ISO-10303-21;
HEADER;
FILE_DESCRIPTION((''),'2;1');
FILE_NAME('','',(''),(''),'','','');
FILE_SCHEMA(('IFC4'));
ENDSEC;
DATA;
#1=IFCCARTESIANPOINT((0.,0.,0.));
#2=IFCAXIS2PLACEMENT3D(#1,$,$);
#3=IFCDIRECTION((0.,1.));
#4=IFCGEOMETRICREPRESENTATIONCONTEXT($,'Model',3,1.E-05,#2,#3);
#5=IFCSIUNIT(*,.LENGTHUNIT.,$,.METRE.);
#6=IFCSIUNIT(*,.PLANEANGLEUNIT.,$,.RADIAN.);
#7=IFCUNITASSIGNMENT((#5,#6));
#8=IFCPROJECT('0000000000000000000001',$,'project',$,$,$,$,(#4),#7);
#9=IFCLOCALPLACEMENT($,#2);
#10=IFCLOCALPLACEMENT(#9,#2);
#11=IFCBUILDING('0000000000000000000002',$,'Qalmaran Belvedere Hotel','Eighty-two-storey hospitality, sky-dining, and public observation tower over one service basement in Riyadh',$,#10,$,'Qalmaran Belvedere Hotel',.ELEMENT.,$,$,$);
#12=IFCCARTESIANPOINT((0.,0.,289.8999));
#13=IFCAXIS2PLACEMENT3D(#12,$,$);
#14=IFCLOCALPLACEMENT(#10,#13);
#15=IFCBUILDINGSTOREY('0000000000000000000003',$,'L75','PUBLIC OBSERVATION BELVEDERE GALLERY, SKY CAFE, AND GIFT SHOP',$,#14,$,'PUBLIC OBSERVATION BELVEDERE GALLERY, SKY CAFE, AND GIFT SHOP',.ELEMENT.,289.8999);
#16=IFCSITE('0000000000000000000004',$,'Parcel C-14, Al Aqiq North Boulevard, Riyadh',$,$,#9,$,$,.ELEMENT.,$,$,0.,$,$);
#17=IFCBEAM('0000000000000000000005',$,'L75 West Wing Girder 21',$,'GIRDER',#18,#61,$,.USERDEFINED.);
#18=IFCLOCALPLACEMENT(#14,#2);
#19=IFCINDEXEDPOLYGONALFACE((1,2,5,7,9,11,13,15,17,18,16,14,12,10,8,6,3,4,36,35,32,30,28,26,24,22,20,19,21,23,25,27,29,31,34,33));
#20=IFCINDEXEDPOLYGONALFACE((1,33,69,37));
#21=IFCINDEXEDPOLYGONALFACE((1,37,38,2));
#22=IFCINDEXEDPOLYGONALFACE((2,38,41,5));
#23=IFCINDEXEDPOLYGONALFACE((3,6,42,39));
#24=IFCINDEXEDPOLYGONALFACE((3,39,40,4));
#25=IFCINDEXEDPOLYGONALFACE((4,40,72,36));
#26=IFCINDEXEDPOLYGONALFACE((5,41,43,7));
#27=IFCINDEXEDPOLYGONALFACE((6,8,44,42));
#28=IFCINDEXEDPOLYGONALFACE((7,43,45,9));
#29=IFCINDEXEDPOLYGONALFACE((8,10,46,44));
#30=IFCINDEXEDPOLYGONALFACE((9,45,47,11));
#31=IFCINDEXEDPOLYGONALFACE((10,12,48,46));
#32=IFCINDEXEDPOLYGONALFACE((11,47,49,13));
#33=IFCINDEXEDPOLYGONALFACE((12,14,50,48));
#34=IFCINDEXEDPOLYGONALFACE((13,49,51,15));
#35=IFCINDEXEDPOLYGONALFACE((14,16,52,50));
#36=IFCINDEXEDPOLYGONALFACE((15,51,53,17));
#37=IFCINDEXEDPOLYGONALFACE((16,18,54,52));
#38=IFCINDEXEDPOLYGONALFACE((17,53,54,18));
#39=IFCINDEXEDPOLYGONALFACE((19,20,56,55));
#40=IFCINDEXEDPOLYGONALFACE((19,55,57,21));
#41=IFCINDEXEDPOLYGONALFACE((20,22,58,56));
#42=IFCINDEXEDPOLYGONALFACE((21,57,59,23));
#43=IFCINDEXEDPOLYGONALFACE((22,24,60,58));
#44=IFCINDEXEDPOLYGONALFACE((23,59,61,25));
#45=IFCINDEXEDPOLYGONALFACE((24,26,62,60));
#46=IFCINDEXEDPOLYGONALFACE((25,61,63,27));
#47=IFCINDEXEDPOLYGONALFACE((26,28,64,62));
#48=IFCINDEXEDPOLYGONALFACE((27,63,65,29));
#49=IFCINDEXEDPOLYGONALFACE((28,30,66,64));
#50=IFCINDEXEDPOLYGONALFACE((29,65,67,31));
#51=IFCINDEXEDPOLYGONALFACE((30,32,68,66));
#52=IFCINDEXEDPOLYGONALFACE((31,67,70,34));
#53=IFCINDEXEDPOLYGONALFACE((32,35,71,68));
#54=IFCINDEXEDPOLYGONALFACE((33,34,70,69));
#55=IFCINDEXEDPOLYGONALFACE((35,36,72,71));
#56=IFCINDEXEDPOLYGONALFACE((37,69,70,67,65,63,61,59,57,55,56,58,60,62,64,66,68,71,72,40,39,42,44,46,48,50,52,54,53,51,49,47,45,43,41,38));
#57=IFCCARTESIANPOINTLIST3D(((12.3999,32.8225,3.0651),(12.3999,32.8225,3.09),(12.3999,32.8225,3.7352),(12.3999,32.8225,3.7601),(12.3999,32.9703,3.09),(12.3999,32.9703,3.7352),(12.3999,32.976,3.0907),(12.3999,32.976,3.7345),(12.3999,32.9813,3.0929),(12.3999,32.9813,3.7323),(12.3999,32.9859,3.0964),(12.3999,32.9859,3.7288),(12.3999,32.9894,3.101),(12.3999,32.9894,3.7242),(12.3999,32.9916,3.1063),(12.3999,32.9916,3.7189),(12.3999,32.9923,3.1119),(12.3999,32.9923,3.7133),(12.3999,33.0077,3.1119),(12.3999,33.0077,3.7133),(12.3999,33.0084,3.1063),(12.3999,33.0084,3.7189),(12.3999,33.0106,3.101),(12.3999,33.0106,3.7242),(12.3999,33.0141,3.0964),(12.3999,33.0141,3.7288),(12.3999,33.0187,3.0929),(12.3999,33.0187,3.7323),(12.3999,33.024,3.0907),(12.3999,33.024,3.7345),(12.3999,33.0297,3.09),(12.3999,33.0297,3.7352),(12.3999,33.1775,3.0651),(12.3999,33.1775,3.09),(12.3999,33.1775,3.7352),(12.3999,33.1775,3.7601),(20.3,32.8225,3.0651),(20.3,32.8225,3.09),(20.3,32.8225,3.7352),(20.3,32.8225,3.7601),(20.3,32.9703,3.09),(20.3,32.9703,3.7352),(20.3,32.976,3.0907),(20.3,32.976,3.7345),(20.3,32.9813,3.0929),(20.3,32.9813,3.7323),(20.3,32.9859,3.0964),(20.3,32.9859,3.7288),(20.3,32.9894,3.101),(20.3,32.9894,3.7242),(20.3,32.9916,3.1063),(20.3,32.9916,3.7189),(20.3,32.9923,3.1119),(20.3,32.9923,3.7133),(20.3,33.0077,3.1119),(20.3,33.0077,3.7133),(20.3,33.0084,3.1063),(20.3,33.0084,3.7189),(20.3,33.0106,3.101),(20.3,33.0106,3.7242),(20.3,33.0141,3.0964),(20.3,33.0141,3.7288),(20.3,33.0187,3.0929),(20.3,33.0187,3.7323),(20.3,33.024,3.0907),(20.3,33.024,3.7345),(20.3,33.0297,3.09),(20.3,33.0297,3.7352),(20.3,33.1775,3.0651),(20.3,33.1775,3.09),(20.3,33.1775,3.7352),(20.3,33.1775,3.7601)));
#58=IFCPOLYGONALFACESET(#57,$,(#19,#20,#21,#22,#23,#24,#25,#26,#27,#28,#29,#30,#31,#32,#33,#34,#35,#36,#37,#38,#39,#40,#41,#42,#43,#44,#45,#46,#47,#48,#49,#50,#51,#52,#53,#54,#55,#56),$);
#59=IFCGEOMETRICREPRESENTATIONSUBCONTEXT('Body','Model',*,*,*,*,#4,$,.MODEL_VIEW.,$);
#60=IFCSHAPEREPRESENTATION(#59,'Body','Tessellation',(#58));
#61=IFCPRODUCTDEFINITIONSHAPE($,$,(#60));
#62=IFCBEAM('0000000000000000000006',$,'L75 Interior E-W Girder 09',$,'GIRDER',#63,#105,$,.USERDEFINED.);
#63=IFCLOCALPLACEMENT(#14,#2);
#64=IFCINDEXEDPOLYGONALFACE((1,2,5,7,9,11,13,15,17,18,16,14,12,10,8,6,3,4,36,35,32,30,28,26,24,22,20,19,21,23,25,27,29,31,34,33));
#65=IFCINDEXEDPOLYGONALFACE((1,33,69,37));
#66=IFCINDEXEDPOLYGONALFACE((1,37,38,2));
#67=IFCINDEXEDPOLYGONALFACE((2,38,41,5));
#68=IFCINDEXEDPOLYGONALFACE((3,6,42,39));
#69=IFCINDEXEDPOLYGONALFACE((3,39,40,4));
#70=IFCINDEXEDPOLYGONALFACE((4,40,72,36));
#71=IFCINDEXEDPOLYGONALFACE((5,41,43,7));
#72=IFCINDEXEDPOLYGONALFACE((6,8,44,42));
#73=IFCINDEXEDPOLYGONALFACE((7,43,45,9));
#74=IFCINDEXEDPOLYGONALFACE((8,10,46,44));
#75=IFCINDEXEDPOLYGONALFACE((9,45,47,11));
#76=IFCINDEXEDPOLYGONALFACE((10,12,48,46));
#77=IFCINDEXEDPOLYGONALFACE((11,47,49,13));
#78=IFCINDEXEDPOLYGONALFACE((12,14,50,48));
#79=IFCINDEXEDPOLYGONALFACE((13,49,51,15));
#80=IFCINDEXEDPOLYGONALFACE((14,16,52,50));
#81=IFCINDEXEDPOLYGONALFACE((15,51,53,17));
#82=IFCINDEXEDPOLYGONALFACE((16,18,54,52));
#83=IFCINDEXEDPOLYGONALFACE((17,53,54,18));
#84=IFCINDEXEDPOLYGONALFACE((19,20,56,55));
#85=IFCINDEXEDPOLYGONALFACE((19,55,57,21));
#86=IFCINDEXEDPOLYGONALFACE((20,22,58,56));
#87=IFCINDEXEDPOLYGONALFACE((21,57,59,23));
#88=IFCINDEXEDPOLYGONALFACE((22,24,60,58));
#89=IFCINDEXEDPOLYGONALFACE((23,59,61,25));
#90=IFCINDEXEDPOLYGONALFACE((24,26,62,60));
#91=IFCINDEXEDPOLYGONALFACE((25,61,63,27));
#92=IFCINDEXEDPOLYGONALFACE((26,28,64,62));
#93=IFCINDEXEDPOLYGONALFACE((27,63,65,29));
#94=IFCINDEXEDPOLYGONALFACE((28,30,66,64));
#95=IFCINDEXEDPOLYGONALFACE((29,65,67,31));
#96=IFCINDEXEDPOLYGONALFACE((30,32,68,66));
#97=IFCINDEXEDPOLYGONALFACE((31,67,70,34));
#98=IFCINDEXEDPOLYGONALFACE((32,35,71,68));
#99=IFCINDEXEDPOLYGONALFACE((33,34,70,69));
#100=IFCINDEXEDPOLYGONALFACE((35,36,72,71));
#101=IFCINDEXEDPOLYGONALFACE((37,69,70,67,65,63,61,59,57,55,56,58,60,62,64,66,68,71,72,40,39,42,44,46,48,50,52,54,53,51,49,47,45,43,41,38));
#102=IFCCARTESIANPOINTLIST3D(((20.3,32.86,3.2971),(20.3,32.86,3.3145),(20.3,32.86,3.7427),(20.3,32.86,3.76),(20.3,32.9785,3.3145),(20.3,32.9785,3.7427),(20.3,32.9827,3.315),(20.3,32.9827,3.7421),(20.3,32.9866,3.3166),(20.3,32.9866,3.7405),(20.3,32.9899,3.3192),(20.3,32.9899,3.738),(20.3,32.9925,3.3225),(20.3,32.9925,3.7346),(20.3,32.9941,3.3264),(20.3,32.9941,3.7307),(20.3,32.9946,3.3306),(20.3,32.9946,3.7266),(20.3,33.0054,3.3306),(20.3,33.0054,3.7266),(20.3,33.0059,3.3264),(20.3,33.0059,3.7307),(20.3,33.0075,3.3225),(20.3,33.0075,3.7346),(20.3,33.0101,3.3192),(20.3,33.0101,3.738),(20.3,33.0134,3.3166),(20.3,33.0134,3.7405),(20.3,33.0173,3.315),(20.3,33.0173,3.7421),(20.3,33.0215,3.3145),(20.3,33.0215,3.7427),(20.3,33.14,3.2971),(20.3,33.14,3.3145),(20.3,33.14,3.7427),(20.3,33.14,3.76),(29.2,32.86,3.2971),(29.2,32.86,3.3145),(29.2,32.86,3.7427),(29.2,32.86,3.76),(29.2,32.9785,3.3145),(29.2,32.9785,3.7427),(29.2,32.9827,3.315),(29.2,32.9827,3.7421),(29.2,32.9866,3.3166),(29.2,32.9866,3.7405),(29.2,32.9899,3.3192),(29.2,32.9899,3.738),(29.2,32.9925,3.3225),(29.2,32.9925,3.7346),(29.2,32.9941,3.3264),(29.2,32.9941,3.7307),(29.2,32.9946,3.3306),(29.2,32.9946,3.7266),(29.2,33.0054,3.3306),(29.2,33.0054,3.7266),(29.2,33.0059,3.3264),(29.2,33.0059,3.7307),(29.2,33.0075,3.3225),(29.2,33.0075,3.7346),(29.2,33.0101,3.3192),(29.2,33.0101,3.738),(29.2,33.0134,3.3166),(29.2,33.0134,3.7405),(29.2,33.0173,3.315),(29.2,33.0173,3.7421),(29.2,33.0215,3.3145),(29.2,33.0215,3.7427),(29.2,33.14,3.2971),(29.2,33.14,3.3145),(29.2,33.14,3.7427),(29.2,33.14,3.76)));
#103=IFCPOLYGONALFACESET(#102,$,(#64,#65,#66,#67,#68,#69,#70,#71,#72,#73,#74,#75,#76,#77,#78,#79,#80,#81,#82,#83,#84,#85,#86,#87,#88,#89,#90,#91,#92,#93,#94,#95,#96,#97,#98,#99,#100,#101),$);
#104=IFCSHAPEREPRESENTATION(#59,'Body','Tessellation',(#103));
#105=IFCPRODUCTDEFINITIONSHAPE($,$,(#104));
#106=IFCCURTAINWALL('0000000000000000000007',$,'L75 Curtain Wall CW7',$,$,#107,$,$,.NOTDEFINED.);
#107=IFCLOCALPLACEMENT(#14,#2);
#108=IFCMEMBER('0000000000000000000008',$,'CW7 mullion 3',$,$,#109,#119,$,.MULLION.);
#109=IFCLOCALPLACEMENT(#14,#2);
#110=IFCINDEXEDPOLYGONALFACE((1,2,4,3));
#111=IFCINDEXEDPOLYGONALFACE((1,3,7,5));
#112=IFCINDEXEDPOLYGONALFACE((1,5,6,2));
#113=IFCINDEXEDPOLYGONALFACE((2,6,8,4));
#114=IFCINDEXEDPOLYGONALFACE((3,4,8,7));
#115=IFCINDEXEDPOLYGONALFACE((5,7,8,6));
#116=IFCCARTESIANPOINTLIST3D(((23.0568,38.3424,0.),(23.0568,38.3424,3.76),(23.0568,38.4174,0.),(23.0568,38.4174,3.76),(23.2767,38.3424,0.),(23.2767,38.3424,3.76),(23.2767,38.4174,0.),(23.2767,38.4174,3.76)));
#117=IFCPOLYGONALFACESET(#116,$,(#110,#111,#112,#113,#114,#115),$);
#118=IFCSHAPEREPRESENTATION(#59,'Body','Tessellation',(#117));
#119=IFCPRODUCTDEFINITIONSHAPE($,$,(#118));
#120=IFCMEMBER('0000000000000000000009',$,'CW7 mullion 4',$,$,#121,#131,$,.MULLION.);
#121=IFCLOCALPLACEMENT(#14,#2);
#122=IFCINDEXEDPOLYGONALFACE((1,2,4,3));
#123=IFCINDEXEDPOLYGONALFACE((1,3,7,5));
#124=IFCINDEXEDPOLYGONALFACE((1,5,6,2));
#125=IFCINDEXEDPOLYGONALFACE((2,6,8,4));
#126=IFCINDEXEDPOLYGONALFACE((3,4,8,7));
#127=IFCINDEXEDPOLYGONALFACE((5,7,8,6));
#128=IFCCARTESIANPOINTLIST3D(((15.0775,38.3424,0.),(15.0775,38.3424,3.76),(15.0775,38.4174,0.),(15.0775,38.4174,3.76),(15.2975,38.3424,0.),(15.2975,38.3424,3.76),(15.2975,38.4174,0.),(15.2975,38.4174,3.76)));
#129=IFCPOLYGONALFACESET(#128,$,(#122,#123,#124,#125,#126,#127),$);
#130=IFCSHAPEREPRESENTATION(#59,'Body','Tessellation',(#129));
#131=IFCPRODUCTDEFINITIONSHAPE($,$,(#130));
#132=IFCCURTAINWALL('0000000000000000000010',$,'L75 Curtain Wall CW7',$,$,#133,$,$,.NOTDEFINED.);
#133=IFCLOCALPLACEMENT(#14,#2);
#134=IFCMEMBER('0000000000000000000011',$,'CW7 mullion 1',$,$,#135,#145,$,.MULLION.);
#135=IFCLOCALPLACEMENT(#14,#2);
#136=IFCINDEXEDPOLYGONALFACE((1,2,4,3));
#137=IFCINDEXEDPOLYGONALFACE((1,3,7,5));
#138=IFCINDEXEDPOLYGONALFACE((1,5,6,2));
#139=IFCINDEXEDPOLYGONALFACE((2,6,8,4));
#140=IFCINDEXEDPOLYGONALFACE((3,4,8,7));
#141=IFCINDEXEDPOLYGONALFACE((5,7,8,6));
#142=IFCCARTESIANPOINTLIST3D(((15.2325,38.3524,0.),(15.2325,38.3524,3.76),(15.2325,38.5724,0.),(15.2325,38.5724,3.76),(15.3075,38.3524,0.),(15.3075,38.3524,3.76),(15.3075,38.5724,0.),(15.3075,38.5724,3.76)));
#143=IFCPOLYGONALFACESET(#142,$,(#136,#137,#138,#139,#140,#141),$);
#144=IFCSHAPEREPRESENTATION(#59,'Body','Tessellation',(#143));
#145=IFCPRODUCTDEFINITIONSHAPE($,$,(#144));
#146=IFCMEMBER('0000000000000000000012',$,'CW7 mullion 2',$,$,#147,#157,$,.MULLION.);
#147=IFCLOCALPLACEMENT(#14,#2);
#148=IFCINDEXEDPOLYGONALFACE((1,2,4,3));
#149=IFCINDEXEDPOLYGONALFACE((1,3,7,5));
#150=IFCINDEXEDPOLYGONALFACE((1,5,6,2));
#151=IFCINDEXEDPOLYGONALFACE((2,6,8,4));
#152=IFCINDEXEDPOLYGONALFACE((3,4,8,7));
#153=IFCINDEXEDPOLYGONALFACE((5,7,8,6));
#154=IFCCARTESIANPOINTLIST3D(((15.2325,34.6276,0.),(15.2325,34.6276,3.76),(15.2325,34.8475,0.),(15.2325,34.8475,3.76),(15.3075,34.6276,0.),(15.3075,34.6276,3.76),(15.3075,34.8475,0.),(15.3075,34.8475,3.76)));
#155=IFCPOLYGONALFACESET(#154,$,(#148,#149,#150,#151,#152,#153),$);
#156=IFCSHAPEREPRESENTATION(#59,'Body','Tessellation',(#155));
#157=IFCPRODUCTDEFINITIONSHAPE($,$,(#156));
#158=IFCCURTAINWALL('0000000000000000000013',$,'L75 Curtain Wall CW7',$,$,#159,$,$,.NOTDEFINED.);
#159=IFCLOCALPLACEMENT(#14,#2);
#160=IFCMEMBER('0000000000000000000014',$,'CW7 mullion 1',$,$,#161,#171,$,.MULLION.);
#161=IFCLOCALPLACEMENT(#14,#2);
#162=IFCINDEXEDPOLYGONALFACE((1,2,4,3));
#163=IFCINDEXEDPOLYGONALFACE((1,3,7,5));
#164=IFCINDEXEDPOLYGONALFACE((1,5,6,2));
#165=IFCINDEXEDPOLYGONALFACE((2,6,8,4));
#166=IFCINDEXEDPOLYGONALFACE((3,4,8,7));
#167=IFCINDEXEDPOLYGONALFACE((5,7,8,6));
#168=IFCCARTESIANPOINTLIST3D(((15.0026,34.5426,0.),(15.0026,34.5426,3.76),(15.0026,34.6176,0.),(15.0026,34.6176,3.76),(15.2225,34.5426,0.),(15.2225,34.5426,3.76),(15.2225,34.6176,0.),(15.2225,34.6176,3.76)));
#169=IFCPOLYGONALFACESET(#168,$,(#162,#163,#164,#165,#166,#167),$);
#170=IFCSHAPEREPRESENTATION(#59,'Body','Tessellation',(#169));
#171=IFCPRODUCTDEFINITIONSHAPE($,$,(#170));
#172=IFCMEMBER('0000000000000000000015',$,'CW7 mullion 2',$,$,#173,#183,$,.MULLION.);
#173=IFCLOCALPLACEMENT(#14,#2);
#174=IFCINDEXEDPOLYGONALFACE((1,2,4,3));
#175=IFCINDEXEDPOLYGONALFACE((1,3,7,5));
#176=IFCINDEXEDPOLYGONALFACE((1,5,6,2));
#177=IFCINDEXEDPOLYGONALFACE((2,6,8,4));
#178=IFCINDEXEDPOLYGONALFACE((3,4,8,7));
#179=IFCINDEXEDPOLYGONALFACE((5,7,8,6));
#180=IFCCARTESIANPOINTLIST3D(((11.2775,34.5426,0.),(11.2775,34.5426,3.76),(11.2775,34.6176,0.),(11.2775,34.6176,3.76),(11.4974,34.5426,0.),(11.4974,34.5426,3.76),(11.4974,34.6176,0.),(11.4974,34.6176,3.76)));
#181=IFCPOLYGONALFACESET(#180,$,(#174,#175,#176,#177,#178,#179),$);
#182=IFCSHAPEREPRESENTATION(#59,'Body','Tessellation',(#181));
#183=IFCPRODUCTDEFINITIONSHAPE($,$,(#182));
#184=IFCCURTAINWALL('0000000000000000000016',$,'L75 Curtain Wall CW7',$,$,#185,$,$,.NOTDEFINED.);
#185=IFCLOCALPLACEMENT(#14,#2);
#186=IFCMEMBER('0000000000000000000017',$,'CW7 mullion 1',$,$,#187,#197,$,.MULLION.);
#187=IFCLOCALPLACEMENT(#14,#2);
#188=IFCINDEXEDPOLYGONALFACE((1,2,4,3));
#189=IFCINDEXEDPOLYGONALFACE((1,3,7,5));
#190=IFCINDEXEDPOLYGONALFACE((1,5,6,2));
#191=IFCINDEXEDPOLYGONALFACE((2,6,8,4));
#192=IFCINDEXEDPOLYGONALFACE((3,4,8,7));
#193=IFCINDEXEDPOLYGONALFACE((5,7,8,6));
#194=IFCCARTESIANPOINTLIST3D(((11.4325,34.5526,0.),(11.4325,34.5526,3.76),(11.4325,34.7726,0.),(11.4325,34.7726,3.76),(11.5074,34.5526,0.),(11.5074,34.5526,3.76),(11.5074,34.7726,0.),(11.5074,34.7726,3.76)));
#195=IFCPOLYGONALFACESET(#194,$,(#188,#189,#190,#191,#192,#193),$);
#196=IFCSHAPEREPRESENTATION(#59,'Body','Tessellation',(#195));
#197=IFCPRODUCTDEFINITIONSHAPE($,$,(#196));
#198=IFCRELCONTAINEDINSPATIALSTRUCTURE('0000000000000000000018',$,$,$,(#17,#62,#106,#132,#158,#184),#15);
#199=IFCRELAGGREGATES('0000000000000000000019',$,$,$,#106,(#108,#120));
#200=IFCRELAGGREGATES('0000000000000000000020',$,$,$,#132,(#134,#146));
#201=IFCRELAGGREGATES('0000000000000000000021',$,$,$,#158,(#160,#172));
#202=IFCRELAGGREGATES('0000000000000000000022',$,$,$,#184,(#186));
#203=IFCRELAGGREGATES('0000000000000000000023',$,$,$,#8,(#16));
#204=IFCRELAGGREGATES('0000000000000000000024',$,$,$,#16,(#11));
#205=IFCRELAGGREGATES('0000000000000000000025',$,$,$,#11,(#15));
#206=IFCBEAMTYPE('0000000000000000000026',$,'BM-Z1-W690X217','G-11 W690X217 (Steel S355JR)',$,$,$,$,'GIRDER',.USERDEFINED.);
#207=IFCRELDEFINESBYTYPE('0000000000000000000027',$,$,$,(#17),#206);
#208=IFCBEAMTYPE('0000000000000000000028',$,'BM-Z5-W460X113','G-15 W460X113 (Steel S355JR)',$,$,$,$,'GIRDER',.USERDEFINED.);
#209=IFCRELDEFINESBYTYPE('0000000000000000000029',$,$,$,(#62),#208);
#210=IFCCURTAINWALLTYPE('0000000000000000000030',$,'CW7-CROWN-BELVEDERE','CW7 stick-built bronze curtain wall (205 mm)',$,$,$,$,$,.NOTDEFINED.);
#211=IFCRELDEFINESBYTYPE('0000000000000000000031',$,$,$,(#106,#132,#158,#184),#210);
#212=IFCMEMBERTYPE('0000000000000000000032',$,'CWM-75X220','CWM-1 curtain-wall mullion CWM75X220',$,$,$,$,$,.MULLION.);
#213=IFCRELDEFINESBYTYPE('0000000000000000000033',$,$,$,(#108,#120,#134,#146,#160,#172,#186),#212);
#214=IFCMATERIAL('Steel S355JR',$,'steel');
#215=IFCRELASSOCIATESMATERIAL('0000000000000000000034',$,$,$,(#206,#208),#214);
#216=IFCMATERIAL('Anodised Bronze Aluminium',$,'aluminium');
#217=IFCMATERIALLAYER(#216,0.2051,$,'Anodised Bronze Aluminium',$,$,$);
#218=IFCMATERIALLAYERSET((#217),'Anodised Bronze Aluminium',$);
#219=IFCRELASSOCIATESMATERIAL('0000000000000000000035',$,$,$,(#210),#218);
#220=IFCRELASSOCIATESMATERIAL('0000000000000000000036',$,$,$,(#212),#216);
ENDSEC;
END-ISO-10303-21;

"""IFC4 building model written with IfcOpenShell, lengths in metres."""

from ifc_helpers import new_model, si_unit, direction, frame, origin, origin_2d, place, context, subcontext, project, spatial, rectangle, i_section, extrude, material, layer, layer_set, material_profile, profile_set, type_object, element, aggregate, save


model = new_model("IFC4")

# Units and contexts
model_context = context("Model", 3, precision=1e-05, world=origin(), true_north=direction((0.0, 1.0)))
body_context = subcontext(model_context, "Body", "Model", "MODEL_VIEW")
ifc_project = project(units=[si_unit("LENGTHUNIT", "METRE"), si_unit("PLANEANGLEUNIT", "RADIAN")], contexts=[model_context])

# Site, building, storey
site_placement = place(None, origin())
site = spatial("IfcSite", under=ifc_project, at=site_placement, Name="Parcel C-14, Al Aqiq North Boulevard, Riyadh", CompositionType="ELEMENT", RefElevation=0.0)
building_placement = place(site_placement, origin())
building = spatial("IfcBuilding", under=site, at=building_placement, Name="Qalmaran Belvedere Hotel", Description="Eighty-two-storey hospitality, sky-dining, and public observation tower over one service basement in Riyadh", LongName="Qalmaran Belvedere Hotel", CompositionType="ELEMENT")
storey_placement = place(building_placement, frame((0.0, 0.0, 289.8999)))
storey = spatial("IfcBuildingStorey", under=building, at=storey_placement, Name="L75", Description="PUBLIC OBSERVATION BELVEDERE GALLERY, SKY CAFE, AND GIFT SHOP", LongName="PUBLIC OBSERVATION BELVEDERE GALLERY, SKY CAFE, AND GIFT SHOP", CompositionType="ELEMENT", Elevation=289.8999)

# Beams
ifc_material_1 = material(Name="Steel S355JR", Category="steel")
ifc_material_profile_1 = material_profile(ifc_material_1, i_section(OverallWidth=0.355, OverallDepth=0.6951, WebThickness=0.0154, FlangeThickness=0.0249, FilletRadius=0.022, at=origin_2d()), Name="W690X217")
ifc_profile_set_1 = profile_set([ifc_material_profile_1], Name="Steel S355JR")
beam_type_1 = type_object("IfcBeamType", Name="BM-Z1-W690X217", Description="G-11 W690X217 (Steel S355JR)", ElementType="GIRDER", PredefinedType="USERDEFINED", material=ifc_profile_set_1)
beam_1_placement = place(storey_placement, frame((12.3999, 33.0, 3.4126), z_axis=(1.0, 0.0, 0.0), x_axis=(0.0, 1.0, 0.0)))
element("IfcBeam", 1, at=beam_1_placement, inside=storey, type_object=beam_type_1, Name="L75 West Wing Girder 21", ObjectType="GIRDER", PredefinedType="USERDEFINED", context=body_context, shape_type="SweptSolid", body=[
    extrude(i_section(OverallWidth=0.355, OverallDepth=0.6951, WebThickness=0.0154, FlangeThickness=0.0249, FilletRadius=0.022, at=origin_2d()), origin(), (0.0, 0.0, 1.0), 7.9001),
])
ifc_material_profile_2 = material_profile(ifc_material_1, i_section(OverallWidth=0.28, OverallDepth=0.4629, WebThickness=0.0107, FlangeThickness=0.0173, FilletRadius=0.0161, at=origin_2d()), Name="W460X113")
ifc_profile_set_2 = profile_set([ifc_material_profile_2], Name="Steel S355JR")
beam_type_2 = type_object("IfcBeamType", Name="BM-Z5-W460X113", Description="G-15 W460X113 (Steel S355JR)", ElementType="GIRDER", PredefinedType="USERDEFINED", material=ifc_profile_set_2)
beam_2_placement = place(storey_placement, frame((20.3, 33.0, 3.5286), z_axis=(1.0, 0.0, 0.0), x_axis=(0.0, 1.0, 0.0)))
element("IfcBeam", 2, at=beam_2_placement, inside=storey, type_object=beam_type_2, Name="L75 Interior E-W Girder 09", ObjectType="GIRDER", PredefinedType="USERDEFINED", context=body_context, shape_type="SweptSolid", body=[
    extrude(i_section(OverallWidth=0.28, OverallDepth=0.4629, WebThickness=0.0107, FlangeThickness=0.0173, FilletRadius=0.0161, at=origin_2d()), origin(), (0.0, 0.0, 1.0), 8.8999),
])

# Curtain walls, members
ifc_material_2 = material(Name="Anodised Bronze Aluminium", Category="aluminium")
ifc_layer_1 = layer(ifc_material_2, 0.2051, Name="Anodised Bronze Aluminium")
ifc_layer_set_1 = layer_set([ifc_layer_1], Name="Anodised Bronze Aluminium")
curtain_wall_type = type_object("IfcCurtainWallType", Name="CW7-CROWN-BELVEDERE", Description="CW7 stick-built bronze curtain wall (205 mm)", PredefinedType="NOTDEFINED", material=ifc_layer_set_1)
curtain_wall_1_placement = place(storey_placement, origin())
curtain_wall_1 = element("IfcCurtainWall", 3, at=curtain_wall_1_placement, inside=storey, type_object=curtain_wall_type, Name="L75 Curtain Wall CW7", PredefinedType="NOTDEFINED")
ifc_material_profile_3 = material_profile(ifc_material_2, rectangle(XDim=0.075, YDim=0.22, at=origin_2d()), Name="CWM75X220")
ifc_profile_set_3 = profile_set([ifc_material_profile_3], Name="Anodised Bronze Aluminium")
member_type_1 = type_object("IfcMemberType", Name="CWM-75X220", Description="CWM-1 curtain-wall mullion CWM75X220", PredefinedType="MULLION", material=ifc_profile_set_3)
member_1_placement = place(storey_placement, frame((23.1667, 38.3799, 0.0), z_axis=(0.0, 0.0, 1.0), x_axis=(0.0, -1.0, 0.0)))
member_1 = element("IfcMember", 4, at=member_1_placement, type_object=member_type_1, Name="CW7 mullion 3", PredefinedType="MULLION", context=body_context, shape_type="SweptSolid", body=[
    extrude(rectangle(XDim=0.075, YDim=0.22, at=origin_2d()), origin(), (0.0, 0.0, 1.0), 3.76),
])
member_2_placement = place(storey_placement, frame((15.1875, 38.3799, 0.0), z_axis=(0.0, 0.0, 1.0), x_axis=(0.0, -1.0, 0.0)))
member_2 = element("IfcMember", 5, at=member_2_placement, type_object=member_type_1, Name="CW7 mullion 4", PredefinedType="MULLION", context=body_context, shape_type="SweptSolid", body=[
    extrude(rectangle(XDim=0.075, YDim=0.22, at=origin_2d()), origin(), (0.0, 0.0, 1.0), 3.76),
])
curtain_wall_2_placement = place(storey_placement, origin())
curtain_wall_2 = element("IfcCurtainWall", 6, at=curtain_wall_2_placement, inside=storey, type_object=curtain_wall_type, Name="L75 Curtain Wall CW7", PredefinedType="NOTDEFINED")
member_3_placement = place(storey_placement, frame((15.27, 38.4624, 0.0), z_axis=(0.0, 0.0, 1.0), x_axis=(1.0, 0.0, 0.0)))
member_3 = element("IfcMember", 7, at=member_3_placement, type_object=member_type_1, Name="CW7 mullion 1", PredefinedType="MULLION", context=body_context, shape_type="SweptSolid", body=[
    extrude(rectangle(XDim=0.075, YDim=0.22, at=origin_2d()), origin(), (0.0, 0.0, 1.0), 3.76),
])
member_4_placement = place(storey_placement, frame((15.27, 34.7375, 0.0), z_axis=(0.0, 0.0, 1.0), x_axis=(1.0, 0.0, 0.0)))
member_4 = element("IfcMember", 8, at=member_4_placement, type_object=member_type_1, Name="CW7 mullion 2", PredefinedType="MULLION", context=body_context, shape_type="SweptSolid", body=[
    extrude(rectangle(XDim=0.075, YDim=0.22, at=origin_2d()), origin(), (0.0, 0.0, 1.0), 3.76),
])
curtain_wall_3_placement = place(storey_placement, origin())
curtain_wall_3 = element("IfcCurtainWall", 9, at=curtain_wall_3_placement, inside=storey, type_object=curtain_wall_type, Name="L75 Curtain Wall CW7", PredefinedType="NOTDEFINED")
member_5_placement = place(storey_placement, frame((15.1125, 34.5801, 0.0), z_axis=(0.0, 0.0, 1.0), x_axis=(0.0, -1.0, 0.0)))
member_5 = element("IfcMember", 10, at=member_5_placement, type_object=member_type_1, Name="CW7 mullion 1", PredefinedType="MULLION", context=body_context, shape_type="SweptSolid", body=[
    extrude(rectangle(XDim=0.075, YDim=0.22, at=origin_2d()), origin(), (0.0, 0.0, 1.0), 3.76),
])
member_6_placement = place(storey_placement, frame((11.3875, 34.5801, 0.0), z_axis=(0.0, 0.0, 1.0), x_axis=(0.0, -1.0, 0.0)))
member_6 = element("IfcMember", 11, at=member_6_placement, type_object=member_type_1, Name="CW7 mullion 2", PredefinedType="MULLION", context=body_context, shape_type="SweptSolid", body=[
    extrude(rectangle(XDim=0.075, YDim=0.22, at=origin_2d()), origin(), (0.0, 0.0, 1.0), 3.76),
])

# Curtain wall, member
curtain_wall_4_placement = place(storey_placement, origin())
curtain_wall_4 = element("IfcCurtainWall", 12, at=curtain_wall_4_placement, inside=storey, type_object=curtain_wall_type, Name="L75 Curtain Wall CW7", PredefinedType="NOTDEFINED")
member_7_placement = place(storey_placement, frame((11.47, 34.6626, 0.0), z_axis=(0.0, 0.0, 1.0), x_axis=(1.0, 0.0, 0.0)))
member_7 = element("IfcMember", 13, at=member_7_placement, type_object=member_type_1, Name="CW7 mullion 1", PredefinedType="MULLION", context=body_context, shape_type="SweptSolid", body=[
    extrude(rectangle(XDim=0.075, YDim=0.22, at=origin_2d()), origin(), (0.0, 0.0, 1.0), 3.76),
])

aggregate(curtain_wall_1, [member_1, member_2])
aggregate(curtain_wall_2, [member_3, member_4])
aggregate(curtain_wall_3, [member_5, member_6])
aggregate(curtain_wall_4, [member_7])

save(model, "model.ifc")
